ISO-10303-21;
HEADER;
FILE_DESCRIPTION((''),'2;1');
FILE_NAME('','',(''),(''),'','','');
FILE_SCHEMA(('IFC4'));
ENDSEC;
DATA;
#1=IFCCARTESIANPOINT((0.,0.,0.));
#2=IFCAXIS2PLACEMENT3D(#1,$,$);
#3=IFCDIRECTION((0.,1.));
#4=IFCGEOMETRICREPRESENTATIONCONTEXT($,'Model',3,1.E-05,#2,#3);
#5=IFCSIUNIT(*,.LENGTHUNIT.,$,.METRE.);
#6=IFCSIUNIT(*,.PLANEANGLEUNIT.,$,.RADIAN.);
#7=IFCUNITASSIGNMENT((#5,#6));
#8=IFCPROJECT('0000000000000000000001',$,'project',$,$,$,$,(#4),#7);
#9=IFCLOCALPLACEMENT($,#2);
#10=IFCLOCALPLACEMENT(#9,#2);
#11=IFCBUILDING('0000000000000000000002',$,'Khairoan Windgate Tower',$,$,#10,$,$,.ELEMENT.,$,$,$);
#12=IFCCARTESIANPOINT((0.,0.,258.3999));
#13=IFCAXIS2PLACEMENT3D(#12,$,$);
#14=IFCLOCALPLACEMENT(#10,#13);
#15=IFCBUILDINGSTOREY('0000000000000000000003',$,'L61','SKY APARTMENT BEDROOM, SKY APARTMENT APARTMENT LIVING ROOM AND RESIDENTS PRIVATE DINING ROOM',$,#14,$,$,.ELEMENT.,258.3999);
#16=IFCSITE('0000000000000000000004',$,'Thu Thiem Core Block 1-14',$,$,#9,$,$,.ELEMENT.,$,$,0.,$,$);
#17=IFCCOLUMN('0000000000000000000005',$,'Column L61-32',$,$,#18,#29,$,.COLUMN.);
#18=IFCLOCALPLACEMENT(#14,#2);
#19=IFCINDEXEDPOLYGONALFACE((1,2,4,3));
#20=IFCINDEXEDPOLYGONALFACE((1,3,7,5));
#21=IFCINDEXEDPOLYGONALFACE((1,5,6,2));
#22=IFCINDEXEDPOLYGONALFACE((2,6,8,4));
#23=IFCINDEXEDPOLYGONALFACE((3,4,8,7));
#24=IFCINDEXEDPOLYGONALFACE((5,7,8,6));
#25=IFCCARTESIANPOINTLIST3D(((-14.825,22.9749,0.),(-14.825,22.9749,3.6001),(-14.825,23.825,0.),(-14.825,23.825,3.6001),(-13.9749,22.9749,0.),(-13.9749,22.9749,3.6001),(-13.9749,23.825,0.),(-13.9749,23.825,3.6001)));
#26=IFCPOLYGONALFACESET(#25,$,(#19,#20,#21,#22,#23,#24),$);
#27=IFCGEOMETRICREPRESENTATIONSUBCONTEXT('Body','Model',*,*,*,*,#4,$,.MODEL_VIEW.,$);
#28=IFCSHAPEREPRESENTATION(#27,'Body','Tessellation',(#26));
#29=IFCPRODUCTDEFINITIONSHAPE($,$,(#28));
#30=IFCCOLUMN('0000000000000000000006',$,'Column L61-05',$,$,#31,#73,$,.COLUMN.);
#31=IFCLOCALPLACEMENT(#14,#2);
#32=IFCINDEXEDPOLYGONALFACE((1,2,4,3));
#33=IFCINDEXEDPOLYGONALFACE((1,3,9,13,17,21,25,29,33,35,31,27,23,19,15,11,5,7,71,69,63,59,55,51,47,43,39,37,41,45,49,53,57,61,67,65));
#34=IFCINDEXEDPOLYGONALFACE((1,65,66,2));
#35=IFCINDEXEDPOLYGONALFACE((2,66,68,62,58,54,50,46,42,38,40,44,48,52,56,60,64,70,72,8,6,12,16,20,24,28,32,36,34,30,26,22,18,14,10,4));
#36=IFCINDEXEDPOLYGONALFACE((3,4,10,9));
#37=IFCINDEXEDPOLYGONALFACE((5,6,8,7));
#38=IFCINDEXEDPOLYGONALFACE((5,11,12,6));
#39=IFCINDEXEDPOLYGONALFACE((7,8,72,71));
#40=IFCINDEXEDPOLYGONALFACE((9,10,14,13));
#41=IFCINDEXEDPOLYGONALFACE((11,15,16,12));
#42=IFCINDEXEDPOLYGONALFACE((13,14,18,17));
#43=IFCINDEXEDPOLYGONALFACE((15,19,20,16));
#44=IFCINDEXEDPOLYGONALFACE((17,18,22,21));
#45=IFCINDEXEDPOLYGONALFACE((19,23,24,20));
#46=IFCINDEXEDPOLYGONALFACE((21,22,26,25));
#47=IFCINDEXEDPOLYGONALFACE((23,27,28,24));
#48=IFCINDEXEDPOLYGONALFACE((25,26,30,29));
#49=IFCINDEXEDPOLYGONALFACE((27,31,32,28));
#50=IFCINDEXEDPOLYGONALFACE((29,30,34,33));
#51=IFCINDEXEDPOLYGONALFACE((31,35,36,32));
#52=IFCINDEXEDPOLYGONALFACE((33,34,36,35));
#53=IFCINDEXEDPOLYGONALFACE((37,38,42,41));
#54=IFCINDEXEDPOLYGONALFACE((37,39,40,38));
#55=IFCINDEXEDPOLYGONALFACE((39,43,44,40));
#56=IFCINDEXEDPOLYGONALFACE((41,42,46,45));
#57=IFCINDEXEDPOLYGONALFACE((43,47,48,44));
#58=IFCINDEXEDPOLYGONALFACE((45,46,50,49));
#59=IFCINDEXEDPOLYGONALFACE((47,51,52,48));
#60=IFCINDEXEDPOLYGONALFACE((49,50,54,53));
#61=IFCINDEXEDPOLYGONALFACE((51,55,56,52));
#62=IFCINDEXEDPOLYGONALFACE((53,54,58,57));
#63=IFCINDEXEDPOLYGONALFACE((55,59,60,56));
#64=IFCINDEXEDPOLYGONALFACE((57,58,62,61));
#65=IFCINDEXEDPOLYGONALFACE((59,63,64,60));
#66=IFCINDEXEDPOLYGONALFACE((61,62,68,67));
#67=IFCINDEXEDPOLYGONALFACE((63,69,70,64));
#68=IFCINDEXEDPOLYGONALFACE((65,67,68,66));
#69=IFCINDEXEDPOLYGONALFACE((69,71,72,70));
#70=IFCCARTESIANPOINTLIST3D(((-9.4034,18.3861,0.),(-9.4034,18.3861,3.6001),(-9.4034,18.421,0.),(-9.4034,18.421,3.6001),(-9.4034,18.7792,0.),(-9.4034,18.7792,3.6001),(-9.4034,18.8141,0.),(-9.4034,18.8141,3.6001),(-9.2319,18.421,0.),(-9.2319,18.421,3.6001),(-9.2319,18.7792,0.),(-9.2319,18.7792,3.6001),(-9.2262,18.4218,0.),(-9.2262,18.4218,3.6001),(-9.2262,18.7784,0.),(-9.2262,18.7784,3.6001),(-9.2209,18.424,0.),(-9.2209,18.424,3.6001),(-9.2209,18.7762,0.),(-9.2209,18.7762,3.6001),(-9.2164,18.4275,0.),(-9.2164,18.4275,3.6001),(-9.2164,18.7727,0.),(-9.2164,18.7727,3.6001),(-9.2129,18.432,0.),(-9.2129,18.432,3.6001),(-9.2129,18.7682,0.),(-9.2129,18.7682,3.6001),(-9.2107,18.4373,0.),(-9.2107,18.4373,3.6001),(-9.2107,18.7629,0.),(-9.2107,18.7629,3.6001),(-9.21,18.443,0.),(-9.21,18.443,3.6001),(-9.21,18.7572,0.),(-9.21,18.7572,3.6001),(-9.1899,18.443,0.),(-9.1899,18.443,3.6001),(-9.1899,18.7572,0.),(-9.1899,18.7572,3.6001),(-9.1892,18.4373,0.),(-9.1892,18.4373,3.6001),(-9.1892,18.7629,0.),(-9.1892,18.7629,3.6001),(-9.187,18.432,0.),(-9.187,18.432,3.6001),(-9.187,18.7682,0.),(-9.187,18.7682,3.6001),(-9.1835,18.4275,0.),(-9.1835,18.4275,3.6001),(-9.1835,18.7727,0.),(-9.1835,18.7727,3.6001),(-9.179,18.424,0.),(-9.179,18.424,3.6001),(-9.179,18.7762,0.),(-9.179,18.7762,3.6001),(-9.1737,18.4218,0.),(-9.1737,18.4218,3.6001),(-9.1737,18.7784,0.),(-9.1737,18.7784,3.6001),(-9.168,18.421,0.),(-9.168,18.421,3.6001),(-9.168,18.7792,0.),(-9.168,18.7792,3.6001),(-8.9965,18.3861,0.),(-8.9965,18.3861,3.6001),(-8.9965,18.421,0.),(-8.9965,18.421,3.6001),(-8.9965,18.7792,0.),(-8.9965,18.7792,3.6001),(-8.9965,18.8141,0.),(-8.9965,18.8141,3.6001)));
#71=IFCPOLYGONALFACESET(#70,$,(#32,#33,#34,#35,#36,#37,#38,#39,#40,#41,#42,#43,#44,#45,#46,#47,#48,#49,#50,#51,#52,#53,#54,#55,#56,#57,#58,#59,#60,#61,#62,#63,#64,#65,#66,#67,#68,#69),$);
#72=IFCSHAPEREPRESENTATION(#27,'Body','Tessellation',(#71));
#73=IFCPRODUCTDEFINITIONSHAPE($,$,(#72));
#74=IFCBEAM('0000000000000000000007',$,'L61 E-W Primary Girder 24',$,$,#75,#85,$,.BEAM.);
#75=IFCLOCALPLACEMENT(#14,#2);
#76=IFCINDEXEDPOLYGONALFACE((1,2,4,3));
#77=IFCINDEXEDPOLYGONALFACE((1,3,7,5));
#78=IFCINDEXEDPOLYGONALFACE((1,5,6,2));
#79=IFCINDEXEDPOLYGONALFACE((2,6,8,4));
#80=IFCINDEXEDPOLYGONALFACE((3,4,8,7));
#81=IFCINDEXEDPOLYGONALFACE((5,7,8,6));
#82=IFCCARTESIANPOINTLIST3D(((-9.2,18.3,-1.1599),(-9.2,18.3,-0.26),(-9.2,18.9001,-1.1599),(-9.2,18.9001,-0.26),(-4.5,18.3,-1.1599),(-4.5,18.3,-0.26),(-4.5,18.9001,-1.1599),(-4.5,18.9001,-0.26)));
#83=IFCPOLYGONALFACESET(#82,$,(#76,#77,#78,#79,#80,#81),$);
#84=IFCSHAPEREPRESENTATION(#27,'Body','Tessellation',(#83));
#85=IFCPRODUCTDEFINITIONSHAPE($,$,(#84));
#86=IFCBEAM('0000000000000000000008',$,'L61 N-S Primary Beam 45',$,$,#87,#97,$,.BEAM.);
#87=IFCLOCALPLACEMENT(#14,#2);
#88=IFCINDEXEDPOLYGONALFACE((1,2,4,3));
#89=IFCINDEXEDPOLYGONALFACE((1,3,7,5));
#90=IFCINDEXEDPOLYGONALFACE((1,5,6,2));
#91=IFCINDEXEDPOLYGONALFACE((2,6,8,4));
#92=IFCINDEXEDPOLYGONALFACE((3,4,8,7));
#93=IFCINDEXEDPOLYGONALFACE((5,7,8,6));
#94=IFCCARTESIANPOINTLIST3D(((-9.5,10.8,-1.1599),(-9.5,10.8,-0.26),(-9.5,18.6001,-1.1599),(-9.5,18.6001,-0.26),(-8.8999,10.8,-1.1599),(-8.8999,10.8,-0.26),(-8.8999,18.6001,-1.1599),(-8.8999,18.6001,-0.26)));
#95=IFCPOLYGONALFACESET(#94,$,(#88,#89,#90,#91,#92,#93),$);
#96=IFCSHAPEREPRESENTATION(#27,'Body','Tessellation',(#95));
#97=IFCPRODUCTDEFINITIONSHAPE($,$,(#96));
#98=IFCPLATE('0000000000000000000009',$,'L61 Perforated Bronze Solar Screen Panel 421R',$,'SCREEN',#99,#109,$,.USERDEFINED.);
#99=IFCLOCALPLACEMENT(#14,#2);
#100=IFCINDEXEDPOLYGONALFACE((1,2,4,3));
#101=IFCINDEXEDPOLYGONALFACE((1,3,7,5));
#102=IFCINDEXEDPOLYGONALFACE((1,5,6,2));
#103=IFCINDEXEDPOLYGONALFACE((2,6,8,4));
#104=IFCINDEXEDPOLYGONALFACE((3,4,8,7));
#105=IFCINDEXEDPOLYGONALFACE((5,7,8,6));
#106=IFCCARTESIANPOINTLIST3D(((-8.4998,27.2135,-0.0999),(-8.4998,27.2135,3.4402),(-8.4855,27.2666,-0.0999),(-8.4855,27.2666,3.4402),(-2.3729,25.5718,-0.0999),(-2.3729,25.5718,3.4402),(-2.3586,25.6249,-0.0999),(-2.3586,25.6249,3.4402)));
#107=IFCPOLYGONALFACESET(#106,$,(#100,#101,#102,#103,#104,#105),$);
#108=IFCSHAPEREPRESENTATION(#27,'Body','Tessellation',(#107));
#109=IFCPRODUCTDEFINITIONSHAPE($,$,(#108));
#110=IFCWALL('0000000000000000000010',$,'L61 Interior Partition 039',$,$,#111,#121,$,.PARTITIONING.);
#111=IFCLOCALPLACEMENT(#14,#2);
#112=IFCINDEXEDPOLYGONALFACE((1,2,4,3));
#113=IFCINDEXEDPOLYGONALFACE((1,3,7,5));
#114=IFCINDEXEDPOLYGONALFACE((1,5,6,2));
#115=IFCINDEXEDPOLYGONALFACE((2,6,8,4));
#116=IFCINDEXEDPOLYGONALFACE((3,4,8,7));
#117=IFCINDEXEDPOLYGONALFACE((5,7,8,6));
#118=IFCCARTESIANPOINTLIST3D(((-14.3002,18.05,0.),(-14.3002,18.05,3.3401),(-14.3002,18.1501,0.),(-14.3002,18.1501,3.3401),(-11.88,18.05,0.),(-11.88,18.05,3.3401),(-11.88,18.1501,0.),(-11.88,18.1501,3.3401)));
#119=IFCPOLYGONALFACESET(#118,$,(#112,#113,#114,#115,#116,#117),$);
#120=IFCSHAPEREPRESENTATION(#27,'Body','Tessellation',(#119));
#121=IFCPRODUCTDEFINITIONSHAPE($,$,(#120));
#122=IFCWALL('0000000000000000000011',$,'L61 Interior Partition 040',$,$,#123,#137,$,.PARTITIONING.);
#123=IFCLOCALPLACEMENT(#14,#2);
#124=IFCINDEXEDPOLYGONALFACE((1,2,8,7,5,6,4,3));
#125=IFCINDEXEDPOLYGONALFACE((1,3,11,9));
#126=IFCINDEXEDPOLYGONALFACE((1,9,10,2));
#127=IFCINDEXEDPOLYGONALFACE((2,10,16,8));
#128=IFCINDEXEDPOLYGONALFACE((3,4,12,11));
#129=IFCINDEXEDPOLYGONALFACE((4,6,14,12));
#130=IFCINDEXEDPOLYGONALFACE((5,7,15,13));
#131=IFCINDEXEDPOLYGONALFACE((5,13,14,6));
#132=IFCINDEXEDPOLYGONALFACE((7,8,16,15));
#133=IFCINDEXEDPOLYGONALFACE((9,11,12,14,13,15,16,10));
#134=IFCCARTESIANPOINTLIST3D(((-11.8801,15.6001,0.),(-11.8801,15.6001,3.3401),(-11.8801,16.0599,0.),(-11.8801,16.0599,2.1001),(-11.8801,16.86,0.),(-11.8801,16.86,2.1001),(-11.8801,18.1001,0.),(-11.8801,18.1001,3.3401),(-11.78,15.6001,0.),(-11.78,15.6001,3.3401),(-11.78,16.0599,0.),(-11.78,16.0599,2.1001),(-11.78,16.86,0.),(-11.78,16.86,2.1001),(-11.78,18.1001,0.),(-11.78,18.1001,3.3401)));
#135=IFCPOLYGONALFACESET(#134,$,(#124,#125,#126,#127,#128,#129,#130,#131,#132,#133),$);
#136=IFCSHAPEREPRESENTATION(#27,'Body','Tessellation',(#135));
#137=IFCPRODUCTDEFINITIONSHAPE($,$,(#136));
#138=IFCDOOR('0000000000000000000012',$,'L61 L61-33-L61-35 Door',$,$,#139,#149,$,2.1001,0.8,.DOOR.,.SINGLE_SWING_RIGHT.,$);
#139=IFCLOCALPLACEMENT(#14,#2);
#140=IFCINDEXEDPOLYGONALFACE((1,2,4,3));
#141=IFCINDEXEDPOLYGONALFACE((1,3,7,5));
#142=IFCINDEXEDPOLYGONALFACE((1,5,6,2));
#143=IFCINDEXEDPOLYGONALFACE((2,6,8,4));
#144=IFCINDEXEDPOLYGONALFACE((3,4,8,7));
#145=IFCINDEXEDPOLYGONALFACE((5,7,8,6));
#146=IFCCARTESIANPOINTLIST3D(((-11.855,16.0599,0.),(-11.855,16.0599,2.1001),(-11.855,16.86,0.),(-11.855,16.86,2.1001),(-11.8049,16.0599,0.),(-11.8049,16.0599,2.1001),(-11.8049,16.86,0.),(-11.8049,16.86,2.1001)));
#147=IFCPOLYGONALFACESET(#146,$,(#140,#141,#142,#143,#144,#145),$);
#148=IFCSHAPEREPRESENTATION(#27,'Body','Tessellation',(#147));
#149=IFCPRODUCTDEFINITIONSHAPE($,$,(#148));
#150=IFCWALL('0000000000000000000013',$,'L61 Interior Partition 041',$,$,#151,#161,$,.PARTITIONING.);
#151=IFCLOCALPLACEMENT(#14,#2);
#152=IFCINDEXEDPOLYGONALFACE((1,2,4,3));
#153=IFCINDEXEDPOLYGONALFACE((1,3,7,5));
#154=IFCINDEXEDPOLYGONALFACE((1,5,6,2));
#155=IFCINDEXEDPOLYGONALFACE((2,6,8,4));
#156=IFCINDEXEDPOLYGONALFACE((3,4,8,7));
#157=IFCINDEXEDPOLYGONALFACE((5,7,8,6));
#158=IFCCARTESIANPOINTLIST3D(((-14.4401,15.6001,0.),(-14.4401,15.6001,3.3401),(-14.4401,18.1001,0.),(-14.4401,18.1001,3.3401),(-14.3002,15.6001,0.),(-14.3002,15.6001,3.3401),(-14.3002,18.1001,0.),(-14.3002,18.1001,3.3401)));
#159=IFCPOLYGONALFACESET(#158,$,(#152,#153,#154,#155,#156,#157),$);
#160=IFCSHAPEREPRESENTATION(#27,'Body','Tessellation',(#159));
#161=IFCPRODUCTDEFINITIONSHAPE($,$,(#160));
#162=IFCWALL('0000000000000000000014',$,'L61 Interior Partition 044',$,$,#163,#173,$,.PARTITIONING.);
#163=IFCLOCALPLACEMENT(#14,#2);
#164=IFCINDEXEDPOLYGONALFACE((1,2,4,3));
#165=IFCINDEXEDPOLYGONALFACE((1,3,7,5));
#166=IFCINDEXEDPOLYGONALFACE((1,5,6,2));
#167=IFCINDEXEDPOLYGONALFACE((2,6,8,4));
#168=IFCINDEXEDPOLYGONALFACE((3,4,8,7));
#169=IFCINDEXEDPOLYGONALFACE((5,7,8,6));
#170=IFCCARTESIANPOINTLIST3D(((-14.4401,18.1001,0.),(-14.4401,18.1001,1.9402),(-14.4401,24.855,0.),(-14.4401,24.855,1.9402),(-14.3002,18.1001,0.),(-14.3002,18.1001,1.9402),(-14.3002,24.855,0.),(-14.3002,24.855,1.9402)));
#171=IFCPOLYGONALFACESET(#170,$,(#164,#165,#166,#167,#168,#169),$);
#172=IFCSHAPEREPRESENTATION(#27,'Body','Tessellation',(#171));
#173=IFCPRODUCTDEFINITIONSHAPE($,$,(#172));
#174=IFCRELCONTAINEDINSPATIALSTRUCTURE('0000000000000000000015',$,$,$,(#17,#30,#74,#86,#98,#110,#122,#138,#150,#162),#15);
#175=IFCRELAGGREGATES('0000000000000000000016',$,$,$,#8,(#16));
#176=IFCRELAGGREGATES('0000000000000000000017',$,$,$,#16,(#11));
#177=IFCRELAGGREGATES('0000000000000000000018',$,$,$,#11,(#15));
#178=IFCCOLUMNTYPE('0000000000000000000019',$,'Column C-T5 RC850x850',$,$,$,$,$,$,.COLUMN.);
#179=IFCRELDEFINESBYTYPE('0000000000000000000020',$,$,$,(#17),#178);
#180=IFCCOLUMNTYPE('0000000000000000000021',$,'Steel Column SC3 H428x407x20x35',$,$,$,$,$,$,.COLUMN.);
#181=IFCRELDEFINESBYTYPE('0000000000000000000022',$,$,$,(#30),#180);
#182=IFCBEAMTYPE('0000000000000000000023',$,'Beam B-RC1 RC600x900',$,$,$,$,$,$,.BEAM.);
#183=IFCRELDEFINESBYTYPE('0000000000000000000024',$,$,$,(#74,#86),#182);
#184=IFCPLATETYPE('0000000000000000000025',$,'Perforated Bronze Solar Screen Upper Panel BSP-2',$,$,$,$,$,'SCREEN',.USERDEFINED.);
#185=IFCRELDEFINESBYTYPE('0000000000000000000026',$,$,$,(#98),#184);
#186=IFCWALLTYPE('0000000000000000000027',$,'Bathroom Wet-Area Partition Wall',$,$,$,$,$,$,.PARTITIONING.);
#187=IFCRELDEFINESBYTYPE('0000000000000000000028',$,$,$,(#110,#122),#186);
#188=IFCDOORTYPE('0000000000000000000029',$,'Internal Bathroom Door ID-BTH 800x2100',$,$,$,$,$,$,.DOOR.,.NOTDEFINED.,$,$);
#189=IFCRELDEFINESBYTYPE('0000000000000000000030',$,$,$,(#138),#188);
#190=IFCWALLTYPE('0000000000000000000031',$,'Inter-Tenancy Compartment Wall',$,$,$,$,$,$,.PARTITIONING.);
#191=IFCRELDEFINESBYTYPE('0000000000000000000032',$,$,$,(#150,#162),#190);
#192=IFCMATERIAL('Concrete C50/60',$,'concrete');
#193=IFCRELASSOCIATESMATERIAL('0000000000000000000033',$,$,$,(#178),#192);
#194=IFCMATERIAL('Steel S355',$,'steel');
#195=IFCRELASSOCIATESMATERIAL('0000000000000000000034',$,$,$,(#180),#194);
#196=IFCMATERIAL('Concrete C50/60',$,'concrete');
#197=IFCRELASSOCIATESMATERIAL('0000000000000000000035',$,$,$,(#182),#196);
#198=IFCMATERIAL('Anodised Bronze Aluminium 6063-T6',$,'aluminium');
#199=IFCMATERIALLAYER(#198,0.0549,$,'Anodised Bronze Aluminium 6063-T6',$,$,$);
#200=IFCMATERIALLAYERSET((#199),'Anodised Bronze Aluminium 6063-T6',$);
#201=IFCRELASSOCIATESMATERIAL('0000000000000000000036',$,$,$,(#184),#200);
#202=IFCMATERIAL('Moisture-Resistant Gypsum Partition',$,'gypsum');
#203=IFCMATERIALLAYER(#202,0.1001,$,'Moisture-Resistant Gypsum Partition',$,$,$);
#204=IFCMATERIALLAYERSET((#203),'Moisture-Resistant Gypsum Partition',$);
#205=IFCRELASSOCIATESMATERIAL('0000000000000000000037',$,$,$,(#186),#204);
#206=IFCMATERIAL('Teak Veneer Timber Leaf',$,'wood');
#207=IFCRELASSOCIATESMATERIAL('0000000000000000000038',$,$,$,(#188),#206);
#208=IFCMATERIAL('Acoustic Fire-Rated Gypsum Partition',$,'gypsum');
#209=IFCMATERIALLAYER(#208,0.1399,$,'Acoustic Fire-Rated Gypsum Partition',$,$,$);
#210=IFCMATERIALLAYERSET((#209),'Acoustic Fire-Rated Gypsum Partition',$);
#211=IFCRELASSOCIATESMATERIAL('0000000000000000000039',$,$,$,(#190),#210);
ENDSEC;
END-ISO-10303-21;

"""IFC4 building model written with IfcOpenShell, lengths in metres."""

from ifc_helpers import new_model, si_unit, direction, frame, frame_2d, origin, origin_2d, place, context, subcontext, project, spatial, rectangle, i_section, extrude, material, layer, layer_set, material_profile, profile_set, type_object, element, fill, save


model = new_model("IFC4")

# Units and contexts
model_context = context("Model", 3, precision=1e-05, world=origin(), true_north=direction((0.0, 1.0)))
body_context = subcontext(model_context, "Body", "Model", "MODEL_VIEW")
ifc_project = project(units=[si_unit("LENGTHUNIT", "METRE"), si_unit("PLANEANGLEUNIT", "RADIAN")], contexts=[model_context])

# Site, building, storey
site_placement = place(None, origin())
site = spatial("IfcSite", under=ifc_project, at=site_placement, Name="Thu Thiem Core Block 1-14", CompositionType="ELEMENT", RefElevation=0.0)
building_placement = place(site_placement, origin())
building = spatial("IfcBuilding", under=site, at=building_placement, Name="Khairoan Windgate Tower", CompositionType="ELEMENT")
storey_placement = place(building_placement, frame((0.0, 0.0, 258.3999)))
storey = spatial("IfcBuildingStorey", under=building, at=storey_placement, Name="L61", Description="SKY APARTMENT BEDROOM, SKY APARTMENT APARTMENT LIVING ROOM AND RESIDENTS PRIVATE DINING ROOM", CompositionType="ELEMENT", Elevation=258.3999)

# Columns
ifc_material_1 = material(Name="Concrete C50/60", Category="concrete")
ifc_material_profile_1 = material_profile(ifc_material_1, rectangle(XDim=0.8501, YDim=0.8501, at=origin_2d()))
ifc_profile_set_1 = profile_set([ifc_material_profile_1], Name="Concrete C50/60")
column_type_1 = type_object("IfcColumnType", Name="Column C-T5 RC850x850", PredefinedType="COLUMN", material=ifc_profile_set_1)
column_1_placement = place(storey_placement, frame((-14.3999, 23.3999, 0.0), z_axis=(0.0, 0.0, 1.0), x_axis=(1.0, 0.0, 0.0)))
element("IfcColumn", 1, at=column_1_placement, inside=storey, type_object=column_type_1, Name="Column L61-32", PredefinedType="COLUMN", context=body_context, shape_type="SweptSolid", body=[
    extrude(rectangle(XDim=0.8501, YDim=0.8501, at=origin_2d()), origin(), (0.0, 0.0, 1.0), 3.6001),
])
ifc_material_2 = material(Name="Steel S355", Category="steel")
ifc_material_profile_2 = material_profile(ifc_material_2, i_section(OverallWidth=0.407, OverallDepth=0.428, WebThickness=0.02, FlangeThickness=0.0349, FilletRadius=0.022, at=origin_2d()))
ifc_profile_set_2 = profile_set([ifc_material_profile_2], Name="Steel S355")
column_type_2 = type_object("IfcColumnType", Name="Steel Column SC3 H428x407x20x35", PredefinedType="COLUMN", material=ifc_profile_set_2)
column_2_placement = place(storey_placement, frame((-9.2, 18.6001, 0.0), z_axis=(0.0, 0.0, 1.0), x_axis=(1.0, 0.0, 0.0)))
element("IfcColumn", 2, at=column_2_placement, inside=storey, type_object=column_type_2, Name="Column L61-05", PredefinedType="COLUMN", context=body_context, shape_type="SweptSolid", body=[
    extrude(i_section(OverallWidth=0.407, OverallDepth=0.428, WebThickness=0.02, FlangeThickness=0.0349, FilletRadius=0.022, at=origin_2d()), origin(), (0.0, 0.0, 1.0), 3.6001),
])

# Beams
ifc_material_3 = material(Name="Concrete C50/60", Category="concrete")
ifc_material_profile_3 = material_profile(ifc_material_3, rectangle(XDim=0.6001, YDim=0.8999, at=origin_2d()))
ifc_profile_set_3 = profile_set([ifc_material_profile_3], Name="Concrete C50/60")
beam_type = type_object("IfcBeamType", Name="Beam B-RC1 RC600x900", PredefinedType="BEAM", material=ifc_profile_set_3)
beam_1_placement = place(storey_placement, frame((-9.2, 18.6001, -0.71), z_axis=(1.0, 0.0, 0.0), x_axis=(0.0, 1.0, 0.0)))
element("IfcBeam", 3, at=beam_1_placement, inside=storey, type_object=beam_type, Name="L61 E-W Primary Girder 24", PredefinedType="BEAM", context=body_context, shape_type="SweptSolid", body=[
    extrude(rectangle(XDim=0.6001, YDim=0.8999, at=origin_2d()), origin(), (0.0, 0.0, 1.0), 4.7),
])
beam_2_placement = place(storey_placement, frame((-9.2, 10.8, -0.71), z_axis=(0.0, 1.0, 0.0), x_axis=(-1.0, 0.0, 0.0)))
element("IfcBeam", 4, at=beam_2_placement, inside=storey, type_object=beam_type, Name="L61 N-S Primary Beam 45", PredefinedType="BEAM", context=body_context, shape_type="SweptSolid", body=[
    extrude(rectangle(XDim=0.6001, YDim=0.8999, at=origin_2d()), origin(), (0.0, 0.0, 1.0), 7.8),
])

# Plate
ifc_material_4 = material(Name="Anodised Bronze Aluminium 6063-T6", Category="aluminium")
ifc_layer_1 = layer(ifc_material_4, 0.0549, Name="Anodised Bronze Aluminium 6063-T6")
ifc_layer_set_1 = layer_set([ifc_layer_1], Name="Anodised Bronze Aluminium 6063-T6")
plate_type = type_object("IfcPlateType", Name="Perforated Bronze Solar Screen Upper Panel BSP-2", ElementType="SCREEN", PredefinedType="USERDEFINED", material=ifc_layer_set_1)
plate_placement = place(storey_placement, frame((-5.4292, 26.4192, -0.0999), z_axis=(0.0, 0.0, 1.0), x_axis=(0.965926, -0.258819, 0.0)))
element("IfcPlate", 5, at=plate_placement, inside=storey, type_object=plate_type, Name="L61 Perforated Bronze Solar Screen Panel 421R", ObjectType="SCREEN", PredefinedType="USERDEFINED", context=body_context, shape_type="SweptSolid", body=[
    extrude(rectangle(XDim=6.343, YDim=0.0549, at=origin_2d()), origin(), (0.0, 0.0, 1.0), 3.54),
])

# Wall
ifc_material_5 = material(Name="Moisture-Resistant Gypsum Partition", Category="gypsum")
ifc_layer_2 = layer(ifc_material_5, 0.1001, Name="Moisture-Resistant Gypsum Partition")
ifc_layer_set_2 = layer_set([ifc_layer_2], Name="Moisture-Resistant Gypsum Partition")
wall_type_1 = type_object("IfcWallType", Name="Bathroom Wet-Area Partition Wall", PredefinedType="PARTITIONING", material=ifc_layer_set_2)
wall_1_placement = place(storey_placement, frame((-14.3, 18.1001, 0.0), z_axis=(0.0, 0.0, 1.0), x_axis=(1.0, 0.0, 0.0)))
element("IfcWall", 6, at=wall_1_placement, inside=storey, type_object=wall_type_1, Name="L61 Interior Partition 039", PredefinedType="PARTITIONING", context=body_context, shape_type="SweptSolid", body=[
    extrude(rectangle(XDim=2.4202, YDim=0.1001, at=frame_2d((1.21, 0.0))), origin(), (0.0, 0.0, 1.0), 3.3401),
])

# Wall, opening, door
wall_2_placement = place(storey_placement, frame((-11.8301, 15.6001, 0.0), z_axis=(0.0, 0.0, 1.0), x_axis=(0.0, 1.0, 0.0)))
wall_2 = element("IfcWall", 7, at=wall_2_placement, inside=storey, type_object=wall_type_1, Name="L61 Interior Partition 040", PredefinedType="PARTITIONING", context=body_context, shape_type="SweptSolid", body=[
    extrude(rectangle(XDim=2.5, YDim=0.1001, at=frame_2d((1.25, 0.0))), origin(), (0.0, 0.0, 1.0), 3.3401),
])
opening_1_placement = place(wall_2_placement, frame((0.46, 0.0, 0.0)))
opening_1 = element("IfcOpeningElement", 8, at=opening_1_placement, cuts=wall_2, PredefinedType="OPENING", context=body_context, shape_type="SweptSolid", body=[
    extrude(rectangle(XDim=0.8, YDim=2.1001, at=frame_2d((0.3999, 1.05))), frame((0.0, 0.0601, 0.0), z_axis=(0.0, -1.0, 0.0), x_axis=(1.0, 0.0, 0.0)), (0.0, 0.0, 1.0), 0.1201),
])
ifc_material_6 = material(Name="Teak Veneer Timber Leaf", Category="wood")
door_type_1 = type_object("IfcDoorType", Name="Internal Bathroom Door ID-BTH 800x2100", OperationType="NOTDEFINED", PredefinedType="DOOR", material=ifc_material_6)
door_1_placement = place(opening_1_placement, origin())
door_1 = element("IfcDoor", 9, at=door_1_placement, inside=storey, type_object=door_type_1, Name="L61 L61-33-L61-35 Door", OperationType="SINGLE_SWING_RIGHT", OverallHeight=2.1001, OverallWidth=0.8, PredefinedType="DOOR", context=body_context, shape_type="SweptSolid", body=[
    extrude(rectangle(XDim=0.8, YDim=2.1001, at=frame_2d((0.3999, 1.05))), frame((0.0, 0.0249, 0.0), z_axis=(0.0, -1.0, 0.0), x_axis=(1.0, 0.0, 0.0)), (0.0, 0.0, 1.0), 0.05),
])
fill(opening_1, door_1)

# Walls
ifc_material_7 = material(Name="Acoustic Fire-Rated Gypsum Partition", Category="gypsum")
ifc_layer_3 = layer(ifc_material_7, 0.1399, Name="Acoustic Fire-Rated Gypsum Partition")
ifc_layer_set_3 = layer_set([ifc_layer_3], Name="Acoustic Fire-Rated Gypsum Partition")
wall_type_2 = type_object("IfcWallType", Name="Inter-Tenancy Compartment Wall", PredefinedType="PARTITIONING", material=ifc_layer_set_3)
wall_3_placement = place(storey_placement, frame((-14.3701, 15.6001, 0.0), z_axis=(0.0, 0.0, 1.0), x_axis=(0.0, 1.0, 0.0)))
element("IfcWall", 10, at=wall_3_placement, inside=storey, type_object=wall_type_2, Name="L61 Interior Partition 041", PredefinedType="PARTITIONING", context=body_context, shape_type="SweptSolid", body=[
    extrude(rectangle(XDim=2.5, YDim=0.1399, at=frame_2d((1.25, 0.0))), origin(), (0.0, 0.0, 1.0), 3.3401),
])
wall_4_placement = place(storey_placement, frame((-14.3701, 18.1001, 0.0), z_axis=(0.0, 0.0, 1.0), x_axis=(0.0, 1.0, 0.0)))
element("IfcWall", 11, at=wall_4_placement, inside=storey, type_object=wall_type_2, Name="L61 Interior Partition 044", PredefinedType="PARTITIONING", context=body_context, shape_type="SweptSolid", body=[
    extrude(rectangle(XDim=6.7549, YDim=0.1399, at=frame_2d((3.3774, 0.0))), origin(), (0.0, 0.0, 1.0), 1.9402),
])

save(model, "model.ifc")
